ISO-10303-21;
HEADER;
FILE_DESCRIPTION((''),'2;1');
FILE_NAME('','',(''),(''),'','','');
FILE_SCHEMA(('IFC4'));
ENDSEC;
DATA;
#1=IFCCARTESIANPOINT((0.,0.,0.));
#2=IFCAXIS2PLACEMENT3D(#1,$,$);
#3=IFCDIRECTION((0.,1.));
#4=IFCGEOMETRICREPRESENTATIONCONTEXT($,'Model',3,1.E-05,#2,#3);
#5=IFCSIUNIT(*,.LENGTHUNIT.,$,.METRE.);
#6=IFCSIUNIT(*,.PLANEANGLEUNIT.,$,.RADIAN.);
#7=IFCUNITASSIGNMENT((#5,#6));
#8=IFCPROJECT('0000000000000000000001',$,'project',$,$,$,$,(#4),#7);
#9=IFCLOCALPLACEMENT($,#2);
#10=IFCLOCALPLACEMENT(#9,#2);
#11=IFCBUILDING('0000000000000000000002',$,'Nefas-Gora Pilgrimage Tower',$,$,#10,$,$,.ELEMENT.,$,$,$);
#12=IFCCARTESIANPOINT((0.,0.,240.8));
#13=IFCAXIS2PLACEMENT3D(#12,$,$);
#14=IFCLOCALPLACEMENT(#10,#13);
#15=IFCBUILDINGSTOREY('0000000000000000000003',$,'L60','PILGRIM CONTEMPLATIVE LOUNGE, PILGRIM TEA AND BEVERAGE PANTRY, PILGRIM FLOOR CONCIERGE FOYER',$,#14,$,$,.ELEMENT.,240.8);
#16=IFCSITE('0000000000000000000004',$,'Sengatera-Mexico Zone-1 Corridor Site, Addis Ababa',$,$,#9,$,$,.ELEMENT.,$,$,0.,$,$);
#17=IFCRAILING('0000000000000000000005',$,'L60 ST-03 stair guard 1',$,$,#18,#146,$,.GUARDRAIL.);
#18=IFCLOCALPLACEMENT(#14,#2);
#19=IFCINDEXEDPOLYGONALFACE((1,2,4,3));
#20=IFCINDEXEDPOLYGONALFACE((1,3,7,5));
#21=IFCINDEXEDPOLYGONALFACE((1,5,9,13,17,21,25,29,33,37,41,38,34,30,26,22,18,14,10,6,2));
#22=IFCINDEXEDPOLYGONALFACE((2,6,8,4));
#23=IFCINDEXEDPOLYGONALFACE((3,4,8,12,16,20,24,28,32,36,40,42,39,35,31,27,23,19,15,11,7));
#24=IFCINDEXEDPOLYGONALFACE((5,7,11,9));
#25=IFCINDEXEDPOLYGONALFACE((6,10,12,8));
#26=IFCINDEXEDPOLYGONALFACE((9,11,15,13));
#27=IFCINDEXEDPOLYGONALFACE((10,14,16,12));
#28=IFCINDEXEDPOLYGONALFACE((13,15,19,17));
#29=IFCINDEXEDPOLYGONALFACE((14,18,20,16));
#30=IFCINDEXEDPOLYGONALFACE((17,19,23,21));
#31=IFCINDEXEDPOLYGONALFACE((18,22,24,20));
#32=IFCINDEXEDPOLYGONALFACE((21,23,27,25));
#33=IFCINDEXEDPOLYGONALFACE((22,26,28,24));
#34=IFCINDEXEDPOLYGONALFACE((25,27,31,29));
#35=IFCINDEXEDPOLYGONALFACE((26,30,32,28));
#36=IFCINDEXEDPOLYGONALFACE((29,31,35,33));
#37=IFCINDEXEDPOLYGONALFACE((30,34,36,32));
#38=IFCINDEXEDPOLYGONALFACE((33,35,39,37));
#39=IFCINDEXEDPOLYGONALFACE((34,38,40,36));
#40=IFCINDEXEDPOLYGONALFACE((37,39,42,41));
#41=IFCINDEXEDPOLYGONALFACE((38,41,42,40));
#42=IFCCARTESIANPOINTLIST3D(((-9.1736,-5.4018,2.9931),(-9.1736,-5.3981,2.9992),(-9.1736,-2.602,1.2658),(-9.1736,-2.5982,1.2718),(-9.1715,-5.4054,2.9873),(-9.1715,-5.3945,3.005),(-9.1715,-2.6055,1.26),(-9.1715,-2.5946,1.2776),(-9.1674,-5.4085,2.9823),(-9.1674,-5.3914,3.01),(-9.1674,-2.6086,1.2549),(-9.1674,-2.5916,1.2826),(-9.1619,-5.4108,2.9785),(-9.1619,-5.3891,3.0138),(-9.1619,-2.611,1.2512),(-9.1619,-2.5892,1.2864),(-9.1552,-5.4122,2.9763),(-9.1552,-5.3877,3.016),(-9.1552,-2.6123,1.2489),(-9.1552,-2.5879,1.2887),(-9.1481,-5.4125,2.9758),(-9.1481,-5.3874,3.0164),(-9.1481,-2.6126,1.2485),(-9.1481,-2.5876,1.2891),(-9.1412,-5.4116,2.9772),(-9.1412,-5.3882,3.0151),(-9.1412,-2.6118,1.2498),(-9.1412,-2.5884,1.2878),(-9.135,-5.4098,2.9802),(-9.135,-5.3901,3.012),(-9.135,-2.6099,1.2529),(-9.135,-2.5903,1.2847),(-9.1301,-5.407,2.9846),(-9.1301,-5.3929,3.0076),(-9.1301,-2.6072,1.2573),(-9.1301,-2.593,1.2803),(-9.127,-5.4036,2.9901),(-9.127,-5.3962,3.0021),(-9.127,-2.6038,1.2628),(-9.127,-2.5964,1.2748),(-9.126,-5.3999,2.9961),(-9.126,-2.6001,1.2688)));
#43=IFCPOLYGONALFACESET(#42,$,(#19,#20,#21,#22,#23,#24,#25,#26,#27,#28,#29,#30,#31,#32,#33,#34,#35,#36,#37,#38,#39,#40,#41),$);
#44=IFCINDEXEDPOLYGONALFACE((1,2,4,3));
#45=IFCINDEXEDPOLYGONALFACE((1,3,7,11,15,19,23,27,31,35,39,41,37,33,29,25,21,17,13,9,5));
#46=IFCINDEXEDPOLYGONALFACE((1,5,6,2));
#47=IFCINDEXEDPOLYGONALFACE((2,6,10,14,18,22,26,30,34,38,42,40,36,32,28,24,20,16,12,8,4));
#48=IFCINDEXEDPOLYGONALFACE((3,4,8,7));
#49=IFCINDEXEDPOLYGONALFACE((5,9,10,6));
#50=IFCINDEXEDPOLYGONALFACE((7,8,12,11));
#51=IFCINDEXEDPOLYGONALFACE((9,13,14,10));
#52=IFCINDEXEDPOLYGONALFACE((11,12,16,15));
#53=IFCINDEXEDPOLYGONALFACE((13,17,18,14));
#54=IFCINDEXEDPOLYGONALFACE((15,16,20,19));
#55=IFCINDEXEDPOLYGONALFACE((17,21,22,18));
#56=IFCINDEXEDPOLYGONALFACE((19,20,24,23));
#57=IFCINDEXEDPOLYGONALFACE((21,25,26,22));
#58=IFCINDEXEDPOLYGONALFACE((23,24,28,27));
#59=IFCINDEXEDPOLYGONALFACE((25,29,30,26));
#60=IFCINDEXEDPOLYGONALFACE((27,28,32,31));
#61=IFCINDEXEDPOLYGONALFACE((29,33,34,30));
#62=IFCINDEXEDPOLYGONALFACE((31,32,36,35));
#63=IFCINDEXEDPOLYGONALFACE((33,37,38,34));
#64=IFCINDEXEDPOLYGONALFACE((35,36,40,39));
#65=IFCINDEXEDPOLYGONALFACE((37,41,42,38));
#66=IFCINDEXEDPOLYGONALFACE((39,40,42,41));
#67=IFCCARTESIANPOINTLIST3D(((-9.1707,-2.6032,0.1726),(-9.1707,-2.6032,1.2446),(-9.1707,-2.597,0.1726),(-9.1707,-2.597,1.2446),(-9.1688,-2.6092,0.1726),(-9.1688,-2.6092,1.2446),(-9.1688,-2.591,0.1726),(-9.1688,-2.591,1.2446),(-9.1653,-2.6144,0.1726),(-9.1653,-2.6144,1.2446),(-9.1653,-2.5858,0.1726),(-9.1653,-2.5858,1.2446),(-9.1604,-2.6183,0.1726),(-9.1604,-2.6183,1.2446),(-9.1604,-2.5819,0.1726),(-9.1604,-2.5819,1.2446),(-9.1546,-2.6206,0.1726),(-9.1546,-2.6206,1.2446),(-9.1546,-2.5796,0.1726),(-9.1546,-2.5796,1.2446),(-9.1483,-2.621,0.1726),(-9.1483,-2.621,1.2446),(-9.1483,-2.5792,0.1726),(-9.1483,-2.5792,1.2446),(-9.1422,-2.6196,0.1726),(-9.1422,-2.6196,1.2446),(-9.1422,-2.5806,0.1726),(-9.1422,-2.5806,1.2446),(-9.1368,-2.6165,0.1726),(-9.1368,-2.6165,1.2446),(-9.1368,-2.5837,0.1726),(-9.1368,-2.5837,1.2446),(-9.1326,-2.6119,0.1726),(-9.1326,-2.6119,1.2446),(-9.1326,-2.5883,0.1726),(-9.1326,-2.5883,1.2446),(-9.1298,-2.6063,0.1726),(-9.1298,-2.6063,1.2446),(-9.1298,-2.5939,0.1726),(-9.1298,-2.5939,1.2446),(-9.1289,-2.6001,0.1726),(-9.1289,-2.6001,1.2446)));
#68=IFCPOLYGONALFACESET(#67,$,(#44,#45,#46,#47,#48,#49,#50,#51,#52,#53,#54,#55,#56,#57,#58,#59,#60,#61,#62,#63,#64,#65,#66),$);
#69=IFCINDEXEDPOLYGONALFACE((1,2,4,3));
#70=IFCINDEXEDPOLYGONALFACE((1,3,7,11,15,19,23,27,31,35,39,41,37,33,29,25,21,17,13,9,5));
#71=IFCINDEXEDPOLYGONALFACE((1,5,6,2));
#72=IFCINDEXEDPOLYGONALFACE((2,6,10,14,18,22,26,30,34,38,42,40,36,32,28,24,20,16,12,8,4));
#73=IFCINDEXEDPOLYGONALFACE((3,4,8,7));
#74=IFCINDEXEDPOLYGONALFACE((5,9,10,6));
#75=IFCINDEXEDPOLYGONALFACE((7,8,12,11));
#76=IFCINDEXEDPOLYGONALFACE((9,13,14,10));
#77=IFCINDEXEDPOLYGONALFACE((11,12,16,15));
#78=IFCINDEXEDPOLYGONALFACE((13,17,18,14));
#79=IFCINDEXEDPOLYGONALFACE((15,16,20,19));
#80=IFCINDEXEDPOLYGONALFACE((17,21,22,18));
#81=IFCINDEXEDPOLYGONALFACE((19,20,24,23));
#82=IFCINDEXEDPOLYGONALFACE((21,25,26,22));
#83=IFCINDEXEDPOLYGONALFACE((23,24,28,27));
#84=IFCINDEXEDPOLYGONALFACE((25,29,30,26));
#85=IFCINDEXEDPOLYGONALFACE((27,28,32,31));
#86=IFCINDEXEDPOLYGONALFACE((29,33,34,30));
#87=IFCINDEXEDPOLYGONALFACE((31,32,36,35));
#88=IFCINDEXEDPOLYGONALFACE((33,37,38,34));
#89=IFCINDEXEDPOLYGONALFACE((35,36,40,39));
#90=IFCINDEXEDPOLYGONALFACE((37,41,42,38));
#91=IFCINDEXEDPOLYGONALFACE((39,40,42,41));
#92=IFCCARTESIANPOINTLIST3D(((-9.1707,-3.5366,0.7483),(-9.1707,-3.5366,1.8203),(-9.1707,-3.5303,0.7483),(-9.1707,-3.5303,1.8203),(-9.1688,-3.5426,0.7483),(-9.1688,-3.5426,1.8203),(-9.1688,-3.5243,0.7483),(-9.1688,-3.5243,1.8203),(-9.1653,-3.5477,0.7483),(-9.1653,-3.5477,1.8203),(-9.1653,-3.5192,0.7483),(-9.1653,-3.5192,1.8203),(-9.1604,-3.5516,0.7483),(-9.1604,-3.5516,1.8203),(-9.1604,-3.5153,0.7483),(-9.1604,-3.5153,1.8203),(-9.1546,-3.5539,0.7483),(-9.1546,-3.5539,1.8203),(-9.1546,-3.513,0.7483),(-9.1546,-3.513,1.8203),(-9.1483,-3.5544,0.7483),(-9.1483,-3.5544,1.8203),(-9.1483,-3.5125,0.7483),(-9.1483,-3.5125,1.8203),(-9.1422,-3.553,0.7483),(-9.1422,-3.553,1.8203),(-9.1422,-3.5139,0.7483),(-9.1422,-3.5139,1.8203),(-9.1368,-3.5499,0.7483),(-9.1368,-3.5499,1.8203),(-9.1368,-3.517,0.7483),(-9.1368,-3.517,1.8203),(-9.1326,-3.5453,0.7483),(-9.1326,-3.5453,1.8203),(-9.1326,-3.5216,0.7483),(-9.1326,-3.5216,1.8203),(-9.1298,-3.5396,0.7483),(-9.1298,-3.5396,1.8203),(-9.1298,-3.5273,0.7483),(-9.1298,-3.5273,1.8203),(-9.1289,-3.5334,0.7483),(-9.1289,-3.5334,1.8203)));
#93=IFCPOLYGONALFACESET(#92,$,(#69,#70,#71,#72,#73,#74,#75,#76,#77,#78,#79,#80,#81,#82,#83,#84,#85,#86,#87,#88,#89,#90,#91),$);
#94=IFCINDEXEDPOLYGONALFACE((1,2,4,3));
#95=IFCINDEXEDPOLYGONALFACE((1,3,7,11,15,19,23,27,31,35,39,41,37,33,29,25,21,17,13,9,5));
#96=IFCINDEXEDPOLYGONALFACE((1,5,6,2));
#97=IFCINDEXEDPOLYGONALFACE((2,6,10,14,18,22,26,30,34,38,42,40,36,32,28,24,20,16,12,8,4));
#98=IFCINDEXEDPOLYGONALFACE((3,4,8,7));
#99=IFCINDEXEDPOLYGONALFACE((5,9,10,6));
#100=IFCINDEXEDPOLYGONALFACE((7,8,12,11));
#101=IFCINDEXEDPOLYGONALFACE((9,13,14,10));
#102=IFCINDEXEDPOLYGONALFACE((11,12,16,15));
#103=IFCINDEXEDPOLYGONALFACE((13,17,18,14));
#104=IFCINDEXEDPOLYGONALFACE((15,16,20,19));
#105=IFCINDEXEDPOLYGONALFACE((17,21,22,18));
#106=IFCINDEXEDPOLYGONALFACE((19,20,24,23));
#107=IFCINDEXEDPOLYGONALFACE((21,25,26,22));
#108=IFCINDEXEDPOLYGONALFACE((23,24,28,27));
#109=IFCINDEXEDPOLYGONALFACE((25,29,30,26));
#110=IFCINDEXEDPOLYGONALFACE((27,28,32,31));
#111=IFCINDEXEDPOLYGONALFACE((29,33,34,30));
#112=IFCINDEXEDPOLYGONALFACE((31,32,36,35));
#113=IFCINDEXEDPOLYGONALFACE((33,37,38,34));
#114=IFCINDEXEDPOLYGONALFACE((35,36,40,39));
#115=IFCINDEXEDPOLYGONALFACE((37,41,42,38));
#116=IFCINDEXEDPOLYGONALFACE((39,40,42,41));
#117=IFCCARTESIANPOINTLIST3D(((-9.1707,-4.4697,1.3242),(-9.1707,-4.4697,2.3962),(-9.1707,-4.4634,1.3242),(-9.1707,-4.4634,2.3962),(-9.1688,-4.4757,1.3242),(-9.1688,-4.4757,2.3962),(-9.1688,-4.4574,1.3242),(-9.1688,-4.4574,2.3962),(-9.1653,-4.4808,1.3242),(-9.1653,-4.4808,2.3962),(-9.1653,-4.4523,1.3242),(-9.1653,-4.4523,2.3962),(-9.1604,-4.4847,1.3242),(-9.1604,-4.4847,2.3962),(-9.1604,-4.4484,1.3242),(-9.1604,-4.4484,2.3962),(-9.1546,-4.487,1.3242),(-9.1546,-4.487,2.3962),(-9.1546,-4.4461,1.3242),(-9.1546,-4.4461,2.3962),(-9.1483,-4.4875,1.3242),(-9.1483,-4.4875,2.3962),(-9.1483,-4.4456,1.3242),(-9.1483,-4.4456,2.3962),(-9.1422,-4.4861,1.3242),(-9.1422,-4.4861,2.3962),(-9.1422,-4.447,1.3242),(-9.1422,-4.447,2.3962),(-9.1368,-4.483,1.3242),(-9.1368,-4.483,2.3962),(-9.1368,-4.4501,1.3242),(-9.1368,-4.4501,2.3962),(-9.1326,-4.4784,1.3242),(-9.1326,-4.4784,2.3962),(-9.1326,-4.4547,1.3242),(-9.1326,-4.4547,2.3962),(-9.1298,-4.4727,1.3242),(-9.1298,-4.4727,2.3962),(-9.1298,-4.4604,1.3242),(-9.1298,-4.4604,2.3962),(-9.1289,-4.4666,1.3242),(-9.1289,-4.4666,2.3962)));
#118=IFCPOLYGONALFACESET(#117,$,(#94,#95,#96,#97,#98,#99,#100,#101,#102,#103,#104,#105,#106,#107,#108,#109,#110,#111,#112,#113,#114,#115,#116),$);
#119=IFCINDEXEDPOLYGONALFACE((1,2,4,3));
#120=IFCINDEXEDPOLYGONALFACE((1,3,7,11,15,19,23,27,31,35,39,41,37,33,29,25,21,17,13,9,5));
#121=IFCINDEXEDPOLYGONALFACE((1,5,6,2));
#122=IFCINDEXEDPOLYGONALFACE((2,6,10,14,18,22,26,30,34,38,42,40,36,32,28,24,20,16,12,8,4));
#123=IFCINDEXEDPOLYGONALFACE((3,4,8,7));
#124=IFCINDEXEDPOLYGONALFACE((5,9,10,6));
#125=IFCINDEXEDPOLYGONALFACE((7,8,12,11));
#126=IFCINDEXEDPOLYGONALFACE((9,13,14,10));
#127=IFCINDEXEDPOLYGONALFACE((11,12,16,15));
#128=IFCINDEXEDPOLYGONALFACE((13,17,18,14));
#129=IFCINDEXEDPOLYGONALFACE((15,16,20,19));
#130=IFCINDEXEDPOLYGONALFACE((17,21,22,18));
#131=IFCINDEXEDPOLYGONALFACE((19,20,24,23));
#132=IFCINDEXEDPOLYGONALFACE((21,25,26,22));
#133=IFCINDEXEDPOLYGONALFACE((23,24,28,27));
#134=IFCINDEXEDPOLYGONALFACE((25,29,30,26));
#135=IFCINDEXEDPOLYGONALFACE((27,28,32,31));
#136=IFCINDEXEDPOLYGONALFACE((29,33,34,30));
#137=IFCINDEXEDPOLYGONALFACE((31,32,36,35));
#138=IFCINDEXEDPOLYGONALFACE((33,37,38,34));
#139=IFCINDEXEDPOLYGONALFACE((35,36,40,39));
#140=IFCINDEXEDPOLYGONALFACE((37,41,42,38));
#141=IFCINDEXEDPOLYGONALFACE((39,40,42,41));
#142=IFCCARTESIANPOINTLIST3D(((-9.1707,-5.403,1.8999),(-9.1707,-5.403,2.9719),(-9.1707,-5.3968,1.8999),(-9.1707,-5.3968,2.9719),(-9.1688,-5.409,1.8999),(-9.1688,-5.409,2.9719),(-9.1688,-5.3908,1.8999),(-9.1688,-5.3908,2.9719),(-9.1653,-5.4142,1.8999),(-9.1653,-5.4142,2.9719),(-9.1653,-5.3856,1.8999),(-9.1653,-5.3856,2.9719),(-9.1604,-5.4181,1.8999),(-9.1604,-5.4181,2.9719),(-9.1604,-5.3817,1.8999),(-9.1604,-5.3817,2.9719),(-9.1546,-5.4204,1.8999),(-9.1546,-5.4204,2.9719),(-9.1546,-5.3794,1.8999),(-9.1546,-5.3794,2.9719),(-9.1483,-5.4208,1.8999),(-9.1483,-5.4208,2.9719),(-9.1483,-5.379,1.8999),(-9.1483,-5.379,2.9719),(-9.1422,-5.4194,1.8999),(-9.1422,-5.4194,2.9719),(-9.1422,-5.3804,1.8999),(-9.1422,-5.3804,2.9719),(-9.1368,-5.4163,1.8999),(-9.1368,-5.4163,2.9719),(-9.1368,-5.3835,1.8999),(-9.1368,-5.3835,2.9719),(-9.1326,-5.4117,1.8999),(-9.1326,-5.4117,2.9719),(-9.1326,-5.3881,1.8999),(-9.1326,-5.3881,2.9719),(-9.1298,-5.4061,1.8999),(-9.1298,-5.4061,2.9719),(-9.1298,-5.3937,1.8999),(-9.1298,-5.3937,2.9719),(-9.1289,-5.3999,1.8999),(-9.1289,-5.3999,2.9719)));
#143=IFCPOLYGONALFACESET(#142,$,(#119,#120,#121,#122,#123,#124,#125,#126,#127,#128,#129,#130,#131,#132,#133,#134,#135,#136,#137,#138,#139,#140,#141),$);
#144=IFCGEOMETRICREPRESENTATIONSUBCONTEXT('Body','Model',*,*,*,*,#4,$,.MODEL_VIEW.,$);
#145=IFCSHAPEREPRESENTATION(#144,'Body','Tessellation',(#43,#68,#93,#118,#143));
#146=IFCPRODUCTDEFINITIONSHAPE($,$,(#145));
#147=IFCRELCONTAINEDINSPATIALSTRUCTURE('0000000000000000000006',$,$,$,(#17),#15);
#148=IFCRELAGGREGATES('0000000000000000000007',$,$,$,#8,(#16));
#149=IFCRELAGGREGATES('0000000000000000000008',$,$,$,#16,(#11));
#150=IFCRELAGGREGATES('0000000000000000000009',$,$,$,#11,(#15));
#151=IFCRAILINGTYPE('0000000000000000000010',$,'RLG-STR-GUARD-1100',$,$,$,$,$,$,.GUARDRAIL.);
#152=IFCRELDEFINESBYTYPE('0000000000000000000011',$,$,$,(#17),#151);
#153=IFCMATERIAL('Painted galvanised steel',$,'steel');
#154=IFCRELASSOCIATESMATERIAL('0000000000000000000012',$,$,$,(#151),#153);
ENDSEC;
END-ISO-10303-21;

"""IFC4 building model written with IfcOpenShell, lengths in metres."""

from ifc_helpers import new_model, si_unit, direction, frame, origin, origin_2d, place, context, subcontext, project, spatial, circle, extrude, material, type_object, element, save


model = new_model("IFC4")

# Units and contexts
model_context = context("Model", 3, precision=1e-05, world=origin(), true_north=direction((0.0, 1.0)))
body_context = subcontext(model_context, "Body", "Model", "MODEL_VIEW")
ifc_project = project(units=[si_unit("LENGTHUNIT", "METRE"), si_unit("PLANEANGLEUNIT", "RADIAN")], contexts=[model_context])

# Site, building, storey
site_placement = place(None, origin())
site = spatial("IfcSite", under=ifc_project, at=site_placement, Name="Sengatera-Mexico Zone-1 Corridor Site, Addis Ababa", CompositionType="ELEMENT", RefElevation=0.0)
building_placement = place(site_placement, origin())
building = spatial("IfcBuilding", under=site, at=building_placement, Name="Nefas-Gora Pilgrimage Tower", CompositionType="ELEMENT")
storey_placement = place(building_placement, frame((0.0, 0.0, 240.8)))
storey = spatial("IfcBuildingStorey", under=building, at=storey_placement, Name="L60", Description="PILGRIM CONTEMPLATIVE LOUNGE, PILGRIM TEA AND BEVERAGE PANTRY, PILGRIM FLOOR CONCIERGE FOYER", CompositionType="ELEMENT", Elevation=240.8)

# Railing
ifc_material_1 = material(Name="Painted galvanised steel", Category="steel")
railing_type_1 = type_object("IfcRailingType", Name="RLG-STR-GUARD-1100", PredefinedType="GUARDRAIL", material=ifc_material_1)
railing_1_placement = place(storey_placement, frame((-9.1499, -2.6001, 0.1726)))
element("IfcRailing", 1, at=railing_1_placement, inside=storey, type_object=railing_type_1, Name="L60 ST-03 stair guard 1", PredefinedType="GUARDRAIL", context=body_context, shape_type="SweptSolid", body=[
    extrude(circle(Radius=0.0239, at=origin_2d()), frame((0.0, 0.0, 1.0962), z_axis=(0.0, -0.851069, 0.525054), x_axis=(1.0, 0.0, 0.0)), (0.0, 0.0, 1.0), 3.2898),
    extrude(circle(Radius=0.021, at=origin_2d()), origin(), (0.0, 0.0, 1.0), 1.072),
    extrude(circle(Radius=0.021, at=origin_2d()), frame((0.0, -0.9333, 0.5757)), (0.0, 0.0, 1.0), 1.072),
    extrude(circle(Radius=0.021, at=origin_2d()), frame((0.0, -1.8665, 1.1516)), (0.0, 0.0, 1.0), 1.072),
    extrude(circle(Radius=0.021, at=origin_2d()), frame((0.0, -2.7998, 1.7273)), (0.0, 0.0, 1.0), 1.072),
])

save(model, "model.ifc")
